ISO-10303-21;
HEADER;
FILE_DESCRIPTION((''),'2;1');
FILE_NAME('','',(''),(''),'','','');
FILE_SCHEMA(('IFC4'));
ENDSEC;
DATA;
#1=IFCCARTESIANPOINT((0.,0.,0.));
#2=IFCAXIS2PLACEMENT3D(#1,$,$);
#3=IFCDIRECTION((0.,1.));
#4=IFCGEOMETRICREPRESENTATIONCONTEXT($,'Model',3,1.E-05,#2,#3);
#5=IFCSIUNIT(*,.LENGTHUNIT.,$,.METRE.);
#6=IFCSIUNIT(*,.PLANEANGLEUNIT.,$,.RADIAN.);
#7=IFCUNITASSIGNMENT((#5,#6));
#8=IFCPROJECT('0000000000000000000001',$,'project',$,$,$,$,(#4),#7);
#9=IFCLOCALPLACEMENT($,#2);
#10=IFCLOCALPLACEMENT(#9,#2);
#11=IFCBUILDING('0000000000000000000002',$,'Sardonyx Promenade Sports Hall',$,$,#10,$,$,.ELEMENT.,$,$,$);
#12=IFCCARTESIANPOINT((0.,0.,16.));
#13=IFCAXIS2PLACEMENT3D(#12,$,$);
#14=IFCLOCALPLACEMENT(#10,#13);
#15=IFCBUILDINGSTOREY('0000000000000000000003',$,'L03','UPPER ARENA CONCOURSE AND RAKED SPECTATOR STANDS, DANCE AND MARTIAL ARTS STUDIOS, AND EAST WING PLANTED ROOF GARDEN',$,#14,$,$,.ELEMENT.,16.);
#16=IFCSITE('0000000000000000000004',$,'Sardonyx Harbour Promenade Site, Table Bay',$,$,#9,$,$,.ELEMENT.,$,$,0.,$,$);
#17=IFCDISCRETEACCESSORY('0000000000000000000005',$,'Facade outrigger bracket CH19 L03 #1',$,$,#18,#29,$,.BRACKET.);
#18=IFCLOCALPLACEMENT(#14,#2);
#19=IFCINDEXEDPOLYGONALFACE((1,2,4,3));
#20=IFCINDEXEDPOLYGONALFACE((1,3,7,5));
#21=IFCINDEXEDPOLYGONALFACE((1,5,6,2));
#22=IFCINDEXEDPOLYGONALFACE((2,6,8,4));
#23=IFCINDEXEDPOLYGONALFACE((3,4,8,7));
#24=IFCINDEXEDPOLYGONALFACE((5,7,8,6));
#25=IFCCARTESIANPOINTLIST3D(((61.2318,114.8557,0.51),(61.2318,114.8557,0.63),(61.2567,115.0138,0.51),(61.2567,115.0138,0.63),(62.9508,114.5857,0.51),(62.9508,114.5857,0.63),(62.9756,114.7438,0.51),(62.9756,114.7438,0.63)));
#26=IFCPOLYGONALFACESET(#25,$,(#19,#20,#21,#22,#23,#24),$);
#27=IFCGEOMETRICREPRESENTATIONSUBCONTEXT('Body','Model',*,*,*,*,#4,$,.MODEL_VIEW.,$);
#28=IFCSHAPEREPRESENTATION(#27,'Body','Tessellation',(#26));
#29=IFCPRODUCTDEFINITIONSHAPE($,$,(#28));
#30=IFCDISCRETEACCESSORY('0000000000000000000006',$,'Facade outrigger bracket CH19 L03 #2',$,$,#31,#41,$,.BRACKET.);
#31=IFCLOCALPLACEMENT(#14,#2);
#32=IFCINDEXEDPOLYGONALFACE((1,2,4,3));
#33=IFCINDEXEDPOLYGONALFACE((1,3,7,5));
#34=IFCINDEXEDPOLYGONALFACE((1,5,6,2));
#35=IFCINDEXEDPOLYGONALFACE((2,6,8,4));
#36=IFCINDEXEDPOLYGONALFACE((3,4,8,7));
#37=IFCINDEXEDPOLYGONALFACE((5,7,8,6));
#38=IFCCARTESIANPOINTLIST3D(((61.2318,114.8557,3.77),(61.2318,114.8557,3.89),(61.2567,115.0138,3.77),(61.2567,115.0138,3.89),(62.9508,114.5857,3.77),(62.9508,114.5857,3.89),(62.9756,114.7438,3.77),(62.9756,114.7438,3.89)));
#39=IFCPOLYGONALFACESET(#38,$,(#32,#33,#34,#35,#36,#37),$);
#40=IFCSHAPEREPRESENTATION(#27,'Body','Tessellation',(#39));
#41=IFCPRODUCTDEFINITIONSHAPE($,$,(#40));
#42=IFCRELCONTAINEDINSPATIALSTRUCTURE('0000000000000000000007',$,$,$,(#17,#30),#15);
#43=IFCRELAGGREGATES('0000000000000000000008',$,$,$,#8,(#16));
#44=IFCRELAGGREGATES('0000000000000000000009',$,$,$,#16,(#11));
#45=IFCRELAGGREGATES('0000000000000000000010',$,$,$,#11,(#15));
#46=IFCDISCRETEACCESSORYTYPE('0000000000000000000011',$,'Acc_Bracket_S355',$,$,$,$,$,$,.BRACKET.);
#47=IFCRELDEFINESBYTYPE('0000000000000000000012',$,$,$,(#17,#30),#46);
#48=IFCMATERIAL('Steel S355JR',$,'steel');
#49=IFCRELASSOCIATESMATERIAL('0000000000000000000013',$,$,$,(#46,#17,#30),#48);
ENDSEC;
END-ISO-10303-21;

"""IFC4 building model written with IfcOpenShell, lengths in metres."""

from ifc_helpers import new_model, si_unit, direction, frame, origin, place, context, subcontext, project, spatial, rectangle, extrude, material, type_object, element, save


model = new_model("IFC4")

# Units and contexts
model_context = context("Model", 3, precision=1e-05, world=origin(), true_north=direction((0.0, 1.0)))
body_context = subcontext(model_context, "Body", "Model", "MODEL_VIEW")
ifc_project = project(units=[si_unit("LENGTHUNIT", "METRE"), si_unit("PLANEANGLEUNIT", "RADIAN")], contexts=[model_context])

# Site, building, storey
site_placement = place(None, origin())
site = spatial("IfcSite", under=ifc_project, at=site_placement, Name="Sardonyx Harbour Promenade Site, Table Bay", CompositionType="ELEMENT", RefElevation=0.0)
building_placement = place(site_placement, origin())
building = spatial("IfcBuilding", under=site, at=building_placement, Name="Sardonyx Promenade Sports Hall", CompositionType="ELEMENT")
storey_placement = place(building_placement, frame((0.0, 0.0, 16.0)))
storey = spatial("IfcBuildingStorey", under=building, at=storey_placement, Name="L03", Description="UPPER ARENA CONCOURSE AND RAKED SPECTATOR STANDS, DANCE AND MARTIAL ARTS STUDIOS, AND EAST WING PLANTED ROOF GARDEN", CompositionType="ELEMENT", Elevation=16.0)

# Discrete accessories
ifc_material_1 = material(Name="Steel S355JR", Category="steel")
discrete_accessory_type = type_object("IfcDiscreteAccessoryType", Name="Acc_Bracket_S355", PredefinedType="BRACKET", material=ifc_material_1)
for number, where, z_axis, x_axis, name in (
    (1, (62.1037, 114.7997, 0.51), (0.0, 0.0, 1.0), (0.987891, -0.155148, 0.0), "Facade outrigger bracket CH19 L03 #1"),
    (2, (62.1037, 114.7997, 3.77), (0.0, 0.0, 1.0), (0.987891, -0.155148, 0.0), "Facade outrigger bracket CH19 L03 #2"),
):
    element("IfcDiscreteAccessory", number, at=place(storey_placement, frame(where, z_axis=z_axis, x_axis=x_axis)), inside=storey, type_object=discrete_accessory_type, material=ifc_material_1, Name=name, PredefinedType="BRACKET", context=body_context, shape_type="SweptSolid", body=[
        extrude(rectangle(XDim=1.74, YDim=0.16), origin(), (0.0, 0.0, 1.0), 0.12),
    ])

save(model, "model.ifc")
